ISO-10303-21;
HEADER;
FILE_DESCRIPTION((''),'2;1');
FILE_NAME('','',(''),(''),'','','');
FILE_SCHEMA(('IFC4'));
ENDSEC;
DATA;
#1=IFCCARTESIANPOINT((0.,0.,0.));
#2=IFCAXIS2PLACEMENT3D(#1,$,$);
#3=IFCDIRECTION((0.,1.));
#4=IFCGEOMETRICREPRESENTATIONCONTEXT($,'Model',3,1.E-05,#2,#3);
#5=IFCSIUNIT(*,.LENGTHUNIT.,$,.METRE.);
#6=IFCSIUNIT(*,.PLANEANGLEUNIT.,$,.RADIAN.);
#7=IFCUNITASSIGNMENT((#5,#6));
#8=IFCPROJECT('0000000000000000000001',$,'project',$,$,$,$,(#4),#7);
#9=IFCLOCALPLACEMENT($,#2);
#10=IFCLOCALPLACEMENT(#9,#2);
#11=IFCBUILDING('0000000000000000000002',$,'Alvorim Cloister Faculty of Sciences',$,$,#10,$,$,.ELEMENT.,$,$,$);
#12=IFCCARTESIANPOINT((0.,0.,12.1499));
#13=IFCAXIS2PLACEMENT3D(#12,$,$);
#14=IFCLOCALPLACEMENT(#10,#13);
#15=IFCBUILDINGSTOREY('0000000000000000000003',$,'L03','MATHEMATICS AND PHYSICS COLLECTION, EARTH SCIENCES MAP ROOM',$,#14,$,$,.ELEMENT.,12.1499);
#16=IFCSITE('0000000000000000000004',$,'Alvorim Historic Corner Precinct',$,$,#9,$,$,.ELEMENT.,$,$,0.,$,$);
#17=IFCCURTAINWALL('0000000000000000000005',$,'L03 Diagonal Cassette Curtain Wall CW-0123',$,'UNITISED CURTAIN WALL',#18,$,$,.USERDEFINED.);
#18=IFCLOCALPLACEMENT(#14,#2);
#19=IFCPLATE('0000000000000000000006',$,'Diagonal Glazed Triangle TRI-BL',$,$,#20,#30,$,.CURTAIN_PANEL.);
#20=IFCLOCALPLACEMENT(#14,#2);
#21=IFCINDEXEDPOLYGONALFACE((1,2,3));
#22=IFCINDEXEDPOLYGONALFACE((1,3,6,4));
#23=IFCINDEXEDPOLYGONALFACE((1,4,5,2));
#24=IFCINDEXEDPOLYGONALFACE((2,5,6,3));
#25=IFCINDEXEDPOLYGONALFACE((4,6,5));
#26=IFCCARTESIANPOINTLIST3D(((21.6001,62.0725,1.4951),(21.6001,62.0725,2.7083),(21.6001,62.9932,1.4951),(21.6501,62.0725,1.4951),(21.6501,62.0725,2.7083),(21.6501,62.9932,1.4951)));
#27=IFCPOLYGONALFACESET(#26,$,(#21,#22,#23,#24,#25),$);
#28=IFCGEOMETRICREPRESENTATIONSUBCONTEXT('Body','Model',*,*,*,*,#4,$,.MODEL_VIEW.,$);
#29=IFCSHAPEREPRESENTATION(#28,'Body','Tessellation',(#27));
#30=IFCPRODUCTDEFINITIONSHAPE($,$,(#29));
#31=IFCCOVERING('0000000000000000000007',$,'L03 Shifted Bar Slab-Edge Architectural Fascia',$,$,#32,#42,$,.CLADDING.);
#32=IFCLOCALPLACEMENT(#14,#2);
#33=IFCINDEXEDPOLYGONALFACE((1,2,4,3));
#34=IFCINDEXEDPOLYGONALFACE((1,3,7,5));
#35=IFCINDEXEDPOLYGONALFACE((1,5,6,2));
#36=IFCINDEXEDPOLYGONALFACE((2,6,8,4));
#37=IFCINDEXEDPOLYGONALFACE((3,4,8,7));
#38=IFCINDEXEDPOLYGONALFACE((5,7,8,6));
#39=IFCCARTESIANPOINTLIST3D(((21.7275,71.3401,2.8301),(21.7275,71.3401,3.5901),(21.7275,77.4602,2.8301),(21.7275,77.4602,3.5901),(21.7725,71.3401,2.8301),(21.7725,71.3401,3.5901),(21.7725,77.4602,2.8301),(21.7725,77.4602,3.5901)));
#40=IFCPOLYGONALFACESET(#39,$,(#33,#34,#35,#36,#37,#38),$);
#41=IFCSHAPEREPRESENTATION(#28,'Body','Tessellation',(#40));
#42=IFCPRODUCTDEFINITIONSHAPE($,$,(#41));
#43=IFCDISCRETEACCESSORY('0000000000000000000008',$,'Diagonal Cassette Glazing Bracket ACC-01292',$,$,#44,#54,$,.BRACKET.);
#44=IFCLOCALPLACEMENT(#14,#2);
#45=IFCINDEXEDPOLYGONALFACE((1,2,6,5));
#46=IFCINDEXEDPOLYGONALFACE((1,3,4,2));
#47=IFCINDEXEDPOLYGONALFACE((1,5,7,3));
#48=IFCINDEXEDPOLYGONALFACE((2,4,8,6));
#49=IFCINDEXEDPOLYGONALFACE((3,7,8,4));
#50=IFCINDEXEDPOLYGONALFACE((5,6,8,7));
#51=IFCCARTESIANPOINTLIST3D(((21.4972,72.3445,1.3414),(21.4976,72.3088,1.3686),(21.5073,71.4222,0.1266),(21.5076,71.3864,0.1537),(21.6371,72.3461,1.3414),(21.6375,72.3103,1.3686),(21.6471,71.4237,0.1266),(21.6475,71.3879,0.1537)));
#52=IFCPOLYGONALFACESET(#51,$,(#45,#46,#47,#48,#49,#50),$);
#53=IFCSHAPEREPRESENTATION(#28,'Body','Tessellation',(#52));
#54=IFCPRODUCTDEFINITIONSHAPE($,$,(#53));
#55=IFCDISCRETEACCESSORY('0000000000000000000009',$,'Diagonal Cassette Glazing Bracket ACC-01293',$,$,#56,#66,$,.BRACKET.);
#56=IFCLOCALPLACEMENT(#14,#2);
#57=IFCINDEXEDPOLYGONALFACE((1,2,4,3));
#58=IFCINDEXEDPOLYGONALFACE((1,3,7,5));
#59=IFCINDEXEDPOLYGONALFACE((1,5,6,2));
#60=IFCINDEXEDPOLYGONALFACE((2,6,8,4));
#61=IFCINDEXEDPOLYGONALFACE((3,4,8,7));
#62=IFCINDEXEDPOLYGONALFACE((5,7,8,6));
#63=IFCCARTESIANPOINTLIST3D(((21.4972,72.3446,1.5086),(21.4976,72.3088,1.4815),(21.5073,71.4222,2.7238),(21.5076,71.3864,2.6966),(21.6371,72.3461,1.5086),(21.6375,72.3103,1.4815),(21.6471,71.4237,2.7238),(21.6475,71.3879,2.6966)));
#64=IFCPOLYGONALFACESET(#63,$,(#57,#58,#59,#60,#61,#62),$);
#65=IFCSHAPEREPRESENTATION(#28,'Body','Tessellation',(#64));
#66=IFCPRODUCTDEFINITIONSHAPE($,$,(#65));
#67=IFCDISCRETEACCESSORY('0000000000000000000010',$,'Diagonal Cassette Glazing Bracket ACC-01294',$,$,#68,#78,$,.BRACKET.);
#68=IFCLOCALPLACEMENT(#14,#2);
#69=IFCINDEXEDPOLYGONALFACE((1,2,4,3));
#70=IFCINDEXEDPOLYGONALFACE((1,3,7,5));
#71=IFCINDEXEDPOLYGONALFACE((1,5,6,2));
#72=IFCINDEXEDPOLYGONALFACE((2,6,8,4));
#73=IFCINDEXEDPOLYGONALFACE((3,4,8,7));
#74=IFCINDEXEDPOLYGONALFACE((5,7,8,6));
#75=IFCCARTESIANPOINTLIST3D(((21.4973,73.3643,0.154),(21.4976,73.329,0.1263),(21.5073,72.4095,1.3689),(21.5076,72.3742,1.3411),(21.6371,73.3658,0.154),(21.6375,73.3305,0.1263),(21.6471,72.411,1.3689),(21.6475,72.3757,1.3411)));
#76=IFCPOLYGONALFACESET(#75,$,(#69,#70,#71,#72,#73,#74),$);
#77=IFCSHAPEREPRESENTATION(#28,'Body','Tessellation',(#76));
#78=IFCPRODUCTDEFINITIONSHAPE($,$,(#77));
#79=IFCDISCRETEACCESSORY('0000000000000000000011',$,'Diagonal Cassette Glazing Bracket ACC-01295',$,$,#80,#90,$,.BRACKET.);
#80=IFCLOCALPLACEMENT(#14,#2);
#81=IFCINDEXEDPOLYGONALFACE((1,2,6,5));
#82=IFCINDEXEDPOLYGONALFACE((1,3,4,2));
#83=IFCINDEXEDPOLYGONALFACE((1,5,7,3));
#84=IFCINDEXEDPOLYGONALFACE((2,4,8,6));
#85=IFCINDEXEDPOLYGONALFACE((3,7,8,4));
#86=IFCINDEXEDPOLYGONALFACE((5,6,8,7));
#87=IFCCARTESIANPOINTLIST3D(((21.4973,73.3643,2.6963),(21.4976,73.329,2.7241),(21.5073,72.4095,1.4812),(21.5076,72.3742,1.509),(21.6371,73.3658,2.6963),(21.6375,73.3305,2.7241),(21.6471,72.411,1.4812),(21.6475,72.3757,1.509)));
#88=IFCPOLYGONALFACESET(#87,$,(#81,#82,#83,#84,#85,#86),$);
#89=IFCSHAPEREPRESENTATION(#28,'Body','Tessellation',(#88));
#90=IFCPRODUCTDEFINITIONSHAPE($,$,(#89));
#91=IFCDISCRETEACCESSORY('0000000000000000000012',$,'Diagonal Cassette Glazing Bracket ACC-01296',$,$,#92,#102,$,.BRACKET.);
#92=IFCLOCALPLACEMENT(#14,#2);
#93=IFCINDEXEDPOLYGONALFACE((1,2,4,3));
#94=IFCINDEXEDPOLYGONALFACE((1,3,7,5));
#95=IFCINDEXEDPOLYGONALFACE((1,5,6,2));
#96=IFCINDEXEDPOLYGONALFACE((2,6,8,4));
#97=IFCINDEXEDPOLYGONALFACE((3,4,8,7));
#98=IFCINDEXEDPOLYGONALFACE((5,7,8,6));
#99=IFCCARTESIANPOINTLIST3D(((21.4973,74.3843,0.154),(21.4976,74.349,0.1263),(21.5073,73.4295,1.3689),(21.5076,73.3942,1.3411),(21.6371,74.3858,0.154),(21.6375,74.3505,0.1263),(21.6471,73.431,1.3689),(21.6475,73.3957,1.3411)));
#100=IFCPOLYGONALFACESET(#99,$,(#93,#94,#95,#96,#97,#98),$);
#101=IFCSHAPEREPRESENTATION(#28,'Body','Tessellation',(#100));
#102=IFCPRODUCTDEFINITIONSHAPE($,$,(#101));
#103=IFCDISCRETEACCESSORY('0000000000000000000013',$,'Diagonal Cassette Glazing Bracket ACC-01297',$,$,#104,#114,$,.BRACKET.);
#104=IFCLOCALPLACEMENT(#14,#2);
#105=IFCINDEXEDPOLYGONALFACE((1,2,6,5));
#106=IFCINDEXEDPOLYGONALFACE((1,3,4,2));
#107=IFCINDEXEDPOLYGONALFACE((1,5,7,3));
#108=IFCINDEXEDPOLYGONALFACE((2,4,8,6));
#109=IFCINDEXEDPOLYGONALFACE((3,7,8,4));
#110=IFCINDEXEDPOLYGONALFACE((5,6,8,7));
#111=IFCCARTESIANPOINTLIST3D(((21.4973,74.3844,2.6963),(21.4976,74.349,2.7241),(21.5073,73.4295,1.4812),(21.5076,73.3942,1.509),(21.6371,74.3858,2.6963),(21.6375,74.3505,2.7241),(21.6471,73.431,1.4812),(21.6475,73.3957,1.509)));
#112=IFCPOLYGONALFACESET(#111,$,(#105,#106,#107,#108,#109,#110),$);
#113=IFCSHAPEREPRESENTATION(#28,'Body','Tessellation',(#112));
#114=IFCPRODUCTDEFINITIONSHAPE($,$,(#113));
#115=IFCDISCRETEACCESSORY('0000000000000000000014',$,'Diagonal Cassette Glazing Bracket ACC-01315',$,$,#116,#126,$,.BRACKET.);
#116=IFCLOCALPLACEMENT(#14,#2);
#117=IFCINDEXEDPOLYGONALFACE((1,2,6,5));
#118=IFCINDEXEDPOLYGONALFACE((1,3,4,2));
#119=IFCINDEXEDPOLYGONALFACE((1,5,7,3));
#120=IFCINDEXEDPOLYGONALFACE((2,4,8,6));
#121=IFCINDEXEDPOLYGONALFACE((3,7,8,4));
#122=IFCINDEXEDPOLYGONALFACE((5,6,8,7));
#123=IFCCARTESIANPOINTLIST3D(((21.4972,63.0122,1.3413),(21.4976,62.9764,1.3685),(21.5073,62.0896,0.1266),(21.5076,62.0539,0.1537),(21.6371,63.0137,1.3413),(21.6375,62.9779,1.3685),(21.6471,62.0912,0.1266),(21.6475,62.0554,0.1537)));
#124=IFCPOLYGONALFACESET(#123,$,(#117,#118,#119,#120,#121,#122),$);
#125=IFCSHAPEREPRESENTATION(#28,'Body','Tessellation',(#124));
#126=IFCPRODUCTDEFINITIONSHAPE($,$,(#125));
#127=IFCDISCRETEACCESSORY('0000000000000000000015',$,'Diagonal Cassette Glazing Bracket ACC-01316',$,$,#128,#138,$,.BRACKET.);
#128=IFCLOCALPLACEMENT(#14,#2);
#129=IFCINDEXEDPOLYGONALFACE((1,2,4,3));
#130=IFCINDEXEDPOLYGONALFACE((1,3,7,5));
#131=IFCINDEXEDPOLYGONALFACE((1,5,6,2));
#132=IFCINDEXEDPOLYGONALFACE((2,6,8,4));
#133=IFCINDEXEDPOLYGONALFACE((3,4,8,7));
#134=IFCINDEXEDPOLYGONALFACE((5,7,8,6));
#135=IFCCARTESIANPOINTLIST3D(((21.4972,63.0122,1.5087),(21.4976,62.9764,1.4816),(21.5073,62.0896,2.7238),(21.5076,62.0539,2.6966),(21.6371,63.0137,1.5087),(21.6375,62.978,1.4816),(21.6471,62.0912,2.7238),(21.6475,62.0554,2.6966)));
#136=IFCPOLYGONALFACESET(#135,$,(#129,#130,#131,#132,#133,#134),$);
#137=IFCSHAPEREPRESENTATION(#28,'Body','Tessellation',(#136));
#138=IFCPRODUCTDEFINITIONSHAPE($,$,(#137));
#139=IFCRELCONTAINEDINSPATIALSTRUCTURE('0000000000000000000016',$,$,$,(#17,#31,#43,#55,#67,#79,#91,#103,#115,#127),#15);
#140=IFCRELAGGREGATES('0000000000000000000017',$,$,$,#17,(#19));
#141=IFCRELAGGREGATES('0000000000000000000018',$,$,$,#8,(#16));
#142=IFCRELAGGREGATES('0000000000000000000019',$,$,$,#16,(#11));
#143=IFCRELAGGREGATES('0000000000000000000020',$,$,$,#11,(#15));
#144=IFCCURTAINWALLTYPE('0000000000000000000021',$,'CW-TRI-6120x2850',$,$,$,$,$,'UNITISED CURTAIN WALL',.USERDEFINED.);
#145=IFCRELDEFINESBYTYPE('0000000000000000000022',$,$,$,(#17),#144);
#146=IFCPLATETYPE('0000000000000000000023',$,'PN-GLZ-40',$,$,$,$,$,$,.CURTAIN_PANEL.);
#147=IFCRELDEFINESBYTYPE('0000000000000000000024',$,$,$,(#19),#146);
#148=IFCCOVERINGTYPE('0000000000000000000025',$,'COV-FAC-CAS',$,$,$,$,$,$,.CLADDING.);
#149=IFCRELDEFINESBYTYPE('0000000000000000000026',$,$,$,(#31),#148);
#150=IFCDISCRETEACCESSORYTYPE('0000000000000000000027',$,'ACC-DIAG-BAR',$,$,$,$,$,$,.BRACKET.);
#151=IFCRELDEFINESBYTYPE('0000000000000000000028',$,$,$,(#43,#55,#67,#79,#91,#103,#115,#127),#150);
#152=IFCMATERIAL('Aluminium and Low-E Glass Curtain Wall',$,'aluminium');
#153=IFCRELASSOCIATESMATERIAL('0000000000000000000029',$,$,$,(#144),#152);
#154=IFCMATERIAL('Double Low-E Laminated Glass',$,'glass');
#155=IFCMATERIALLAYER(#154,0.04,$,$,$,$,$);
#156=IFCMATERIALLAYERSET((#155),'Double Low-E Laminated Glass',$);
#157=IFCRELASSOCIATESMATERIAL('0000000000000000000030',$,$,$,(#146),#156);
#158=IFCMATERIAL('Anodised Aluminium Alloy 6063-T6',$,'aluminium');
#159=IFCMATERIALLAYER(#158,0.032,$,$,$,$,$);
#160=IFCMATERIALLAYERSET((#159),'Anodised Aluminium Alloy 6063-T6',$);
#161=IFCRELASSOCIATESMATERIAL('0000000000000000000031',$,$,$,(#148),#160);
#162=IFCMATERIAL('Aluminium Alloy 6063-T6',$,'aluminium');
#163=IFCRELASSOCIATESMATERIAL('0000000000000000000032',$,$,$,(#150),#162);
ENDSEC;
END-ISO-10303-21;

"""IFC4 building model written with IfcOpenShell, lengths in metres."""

from ifc_helpers import new_model, si_unit, direction, frame, origin, origin_2d, place, context, subcontext, project, spatial, polyline, rectangle, outline, extrude, material, layer, layer_set, type_object, element, aggregate, save


model = new_model("IFC4")

# Units and contexts
model_context = context("Model", 3, precision=1e-05, world=origin(), true_north=direction((0.0, 1.0)))
body_context = subcontext(model_context, "Body", "Model", "MODEL_VIEW")
ifc_project = project(units=[si_unit("LENGTHUNIT", "METRE"), si_unit("PLANEANGLEUNIT", "RADIAN")], contexts=[model_context])

# Site, building, storey
site_placement = place(None, origin())
site = spatial("IfcSite", under=ifc_project, at=site_placement, Name="Alvorim Historic Corner Precinct", CompositionType="ELEMENT", RefElevation=0.0)
building_placement = place(site_placement, origin())
building = spatial("IfcBuilding", under=site, at=building_placement, Name="Alvorim Cloister Faculty of Sciences", CompositionType="ELEMENT")
storey_placement = place(building_placement, frame((0.0, 0.0, 12.1499)))
storey = spatial("IfcBuildingStorey", under=building, at=storey_placement, Name="L03", Description="MATHEMATICS AND PHYSICS COLLECTION, EARTH SCIENCES MAP ROOM", CompositionType="ELEMENT", Elevation=12.1499)

# Shared definitions
ifc_material_1 = material(Name="Aluminium and Low-E Glass Curtain Wall", Category="aluminium")
curtain_wall_type = type_object("IfcCurtainWallType", Name="CW-TRI-6120x2850", ElementType="UNITISED CURTAIN WALL", PredefinedType="USERDEFINED", material=ifc_material_1)
ifc_material_2 = material(Name="Aluminium Alloy 6063-T6", Category="aluminium")
ifc_material_3 = material(Name="Double Low-E Laminated Glass", Category="glass")
ifc_layer_1 = layer(ifc_material_3, 0.04)
ifc_layer_set_1 = layer_set([ifc_layer_1], Name="Double Low-E Laminated Glass")
plate_type = type_object("IfcPlateType", Name="PN-GLZ-40", PredefinedType="CURTAIN_PANEL", material=ifc_layer_set_1)

# Curtain wall, plate
curtain_wall_1_placement = place(storey_placement, origin())
curtain_wall_1 = element("IfcCurtainWall", 1, at=curtain_wall_1_placement, inside=storey, type_object=curtain_wall_type, Name="L03 Diagonal Cassette Curtain Wall CW-0123", ObjectType="UNITISED CURTAIN WALL", PredefinedType="USERDEFINED")
plate_1_placement = place(storey_placement, frame((21.625, 62.0725, 1.4951), z_axis=(0.0, 0.0, 1.0), x_axis=(0.0, 1.0, 0.0)))
plate_1 = element("IfcPlate", 2, at=plate_1_placement, type_object=plate_type, Name="Diagonal Glazed Triangle TRI-BL", PredefinedType="CURTAIN_PANEL", context=body_context, shape_type="SweptSolid", body=[
    extrude(outline(polyline([(0.0, 0.0), (0.9207, 0.0), (0.0, 1.2131), (0.0, 0.0)])), frame((0.0, 0.0249, 0.0), z_axis=(0.0, -1.0, 0.0), x_axis=(1.0, 0.0, 0.0)), (0.0, 0.0, 1.0), 0.05),
])
aggregate(curtain_wall_1, [plate_1])

# Covering
ifc_material_4 = material(Name="Anodised Aluminium Alloy 6063-T6", Category="aluminium")
ifc_layer_2 = layer(ifc_material_4, 0.032)
ifc_layer_set_2 = layer_set([ifc_layer_2], Name="Anodised Aluminium Alloy 6063-T6")
covering_type = type_object("IfcCoveringType", Name="COV-FAC-CAS", PredefinedType="CLADDING", material=ifc_layer_set_2)
covering_placement = place(storey_placement, frame((21.75, 71.3401, 2.8301), z_axis=(0.0, 0.0, 1.0), x_axis=(0.0, 1.0, 0.0)))
element("IfcCovering", 3, at=covering_placement, inside=storey, type_object=covering_type, Name="L03 Shifted Bar Slab-Edge Architectural Fascia", PredefinedType="CLADDING", context=body_context, shape_type="SweptSolid", body=[
    extrude(outline(polyline([(0.0, 0.0), (6.1201, 0.0), (6.1201, 0.76), (0.0, 0.76), (0.0, 0.0)])), frame((0.0, 0.0225, 0.0), z_axis=(0.0, -1.0, 0.0), x_axis=(1.0, 0.0, 0.0)), (0.0, 0.0, 1.0), 0.0449),
])

# Discrete accessories
discrete_accessory_type = type_object("IfcDiscreteAccessoryType", Name="ACC-DIAG-BAR", PredefinedType="BRACKET", material=ifc_material_2)
discrete_accessory_1_placement = place(storey_placement, frame((21.5774, 71.405, 0.1401), z_axis=(-0.006562, 0.604689, 0.796435), x_axis=(-0.999941, -0.010852, 0.0)))
element("IfcDiscreteAccessory", 4, at=discrete_accessory_1_placement, inside=storey, type_object=discrete_accessory_type, Name="Diagonal Cassette Glazing Bracket ACC-01292", PredefinedType="BRACKET", context=body_context, shape_type="SweptSolid", body=[
    extrude(rectangle(XDim=0.1399, YDim=0.0449, at=origin_2d()), origin(), (0.0, 0.0, 1.0), 1.5254),
])
discrete_accessory_2_placement = place(storey_placement, frame((21.5774, 71.405, 2.7102), z_axis=(-0.006561, 0.604612, -0.796493), x_axis=(-0.999941, -0.010852, 0.0)))
element("IfcDiscreteAccessory", 5, at=discrete_accessory_2_placement, inside=storey, type_object=discrete_accessory_type, Name="Diagonal Cassette Glazing Bracket ACC-01293", PredefinedType="BRACKET", context=body_context, shape_type="SweptSolid", body=[
    extrude(rectangle(XDim=0.1399, YDim=0.0449, at=origin_2d()), origin(), (0.0, 0.0, 1.0), 1.5256),
])
discrete_accessory_3_placement = place(storey_placement, frame((21.5774, 72.3926, 1.355), z_axis=(-0.006478, 0.617934, -0.786203), x_axis=(-0.999945, -0.010483, 0.0)))
element("IfcDiscreteAccessory", 6, at=discrete_accessory_3_placement, inside=storey, type_object=discrete_accessory_type, Name="Diagonal Cassette Glazing Bracket ACC-01294", PredefinedType="BRACKET", context=body_context, shape_type="SweptSolid", body=[
    extrude(rectangle(XDim=0.1399, YDim=0.0449, at=origin_2d()), origin(), (0.0, 0.0, 1.0), 1.5452),
])
discrete_accessory_4_placement = place(storey_placement, frame((21.5774, 72.3926, 1.4951), z_axis=(-0.006477, 0.617857, 0.786263), x_axis=(-0.999945, -0.010483, 0.0)))
element("IfcDiscreteAccessory", 7, at=discrete_accessory_4_placement, inside=storey, type_object=discrete_accessory_type, Name="Diagonal Cassette Glazing Bracket ACC-01295", PredefinedType="BRACKET", context=body_context, shape_type="SweptSolid", body=[
    extrude(rectangle(XDim=0.1399, YDim=0.0449, at=origin_2d()), origin(), (0.0, 0.0, 1.0), 1.5454),
])
discrete_accessory_5_placement = place(storey_placement, frame((21.5774, 73.4126, 1.355), z_axis=(-0.006478, 0.617934, -0.786203), x_axis=(-0.999945, -0.010483, 0.0)))
element("IfcDiscreteAccessory", 8, at=discrete_accessory_5_placement, inside=storey, type_object=discrete_accessory_type, Name="Diagonal Cassette Glazing Bracket ACC-01296", PredefinedType="BRACKET", context=body_context, shape_type="SweptSolid", body=[
    extrude(rectangle(XDim=0.1399, YDim=0.0449, at=origin_2d()), origin(), (0.0, 0.0, 1.0), 1.5452),
])
discrete_accessory_6_placement = place(storey_placement, frame((21.5774, 73.4126, 1.4951), z_axis=(-0.006477, 0.617857, 0.786263), x_axis=(-0.999945, -0.010483, 0.0)))
element("IfcDiscreteAccessory", 9, at=discrete_accessory_6_placement, inside=storey, type_object=discrete_accessory_type, Name="Diagonal Cassette Glazing Bracket ACC-01297", PredefinedType="BRACKET", context=body_context, shape_type="SweptSolid", body=[
    extrude(rectangle(XDim=0.1399, YDim=0.0449, at=origin_2d()), origin(), (0.0, 0.0, 1.0), 1.5454),
])
discrete_accessory_7_placement = place(storey_placement, frame((21.5774, 62.0725, 0.1401), z_axis=(-0.006562, 0.60479, 0.796358), x_axis=(-0.999941, -0.010849, 0.0)))
element("IfcDiscreteAccessory", 10, at=discrete_accessory_7_placement, inside=storey, type_object=discrete_accessory_type, Name="Diagonal Cassette Glazing Bracket ACC-01315", PredefinedType="BRACKET", context=body_context, shape_type="SweptSolid", body=[
    extrude(rectangle(XDim=0.1399, YDim=0.0449, at=origin_2d()), origin(), (0.0, 0.0, 1.0), 1.5254),
])
discrete_accessory_8_placement = place(storey_placement, frame((21.5774, 62.0725, 2.7102), z_axis=(-0.006561, 0.604713, -0.796416), x_axis=(-0.999941, -0.010849, 0.0)))
element("IfcDiscreteAccessory", 11, at=discrete_accessory_8_placement, inside=storey, type_object=discrete_accessory_type, Name="Diagonal Cassette Glazing Bracket ACC-01316", PredefinedType="BRACKET", context=body_context, shape_type="SweptSolid", body=[
    extrude(rectangle(XDim=0.1399, YDim=0.0449, at=origin_2d()), origin(), (0.0, 0.0, 1.0), 1.5256),
])

save(model, "model.ifc")
